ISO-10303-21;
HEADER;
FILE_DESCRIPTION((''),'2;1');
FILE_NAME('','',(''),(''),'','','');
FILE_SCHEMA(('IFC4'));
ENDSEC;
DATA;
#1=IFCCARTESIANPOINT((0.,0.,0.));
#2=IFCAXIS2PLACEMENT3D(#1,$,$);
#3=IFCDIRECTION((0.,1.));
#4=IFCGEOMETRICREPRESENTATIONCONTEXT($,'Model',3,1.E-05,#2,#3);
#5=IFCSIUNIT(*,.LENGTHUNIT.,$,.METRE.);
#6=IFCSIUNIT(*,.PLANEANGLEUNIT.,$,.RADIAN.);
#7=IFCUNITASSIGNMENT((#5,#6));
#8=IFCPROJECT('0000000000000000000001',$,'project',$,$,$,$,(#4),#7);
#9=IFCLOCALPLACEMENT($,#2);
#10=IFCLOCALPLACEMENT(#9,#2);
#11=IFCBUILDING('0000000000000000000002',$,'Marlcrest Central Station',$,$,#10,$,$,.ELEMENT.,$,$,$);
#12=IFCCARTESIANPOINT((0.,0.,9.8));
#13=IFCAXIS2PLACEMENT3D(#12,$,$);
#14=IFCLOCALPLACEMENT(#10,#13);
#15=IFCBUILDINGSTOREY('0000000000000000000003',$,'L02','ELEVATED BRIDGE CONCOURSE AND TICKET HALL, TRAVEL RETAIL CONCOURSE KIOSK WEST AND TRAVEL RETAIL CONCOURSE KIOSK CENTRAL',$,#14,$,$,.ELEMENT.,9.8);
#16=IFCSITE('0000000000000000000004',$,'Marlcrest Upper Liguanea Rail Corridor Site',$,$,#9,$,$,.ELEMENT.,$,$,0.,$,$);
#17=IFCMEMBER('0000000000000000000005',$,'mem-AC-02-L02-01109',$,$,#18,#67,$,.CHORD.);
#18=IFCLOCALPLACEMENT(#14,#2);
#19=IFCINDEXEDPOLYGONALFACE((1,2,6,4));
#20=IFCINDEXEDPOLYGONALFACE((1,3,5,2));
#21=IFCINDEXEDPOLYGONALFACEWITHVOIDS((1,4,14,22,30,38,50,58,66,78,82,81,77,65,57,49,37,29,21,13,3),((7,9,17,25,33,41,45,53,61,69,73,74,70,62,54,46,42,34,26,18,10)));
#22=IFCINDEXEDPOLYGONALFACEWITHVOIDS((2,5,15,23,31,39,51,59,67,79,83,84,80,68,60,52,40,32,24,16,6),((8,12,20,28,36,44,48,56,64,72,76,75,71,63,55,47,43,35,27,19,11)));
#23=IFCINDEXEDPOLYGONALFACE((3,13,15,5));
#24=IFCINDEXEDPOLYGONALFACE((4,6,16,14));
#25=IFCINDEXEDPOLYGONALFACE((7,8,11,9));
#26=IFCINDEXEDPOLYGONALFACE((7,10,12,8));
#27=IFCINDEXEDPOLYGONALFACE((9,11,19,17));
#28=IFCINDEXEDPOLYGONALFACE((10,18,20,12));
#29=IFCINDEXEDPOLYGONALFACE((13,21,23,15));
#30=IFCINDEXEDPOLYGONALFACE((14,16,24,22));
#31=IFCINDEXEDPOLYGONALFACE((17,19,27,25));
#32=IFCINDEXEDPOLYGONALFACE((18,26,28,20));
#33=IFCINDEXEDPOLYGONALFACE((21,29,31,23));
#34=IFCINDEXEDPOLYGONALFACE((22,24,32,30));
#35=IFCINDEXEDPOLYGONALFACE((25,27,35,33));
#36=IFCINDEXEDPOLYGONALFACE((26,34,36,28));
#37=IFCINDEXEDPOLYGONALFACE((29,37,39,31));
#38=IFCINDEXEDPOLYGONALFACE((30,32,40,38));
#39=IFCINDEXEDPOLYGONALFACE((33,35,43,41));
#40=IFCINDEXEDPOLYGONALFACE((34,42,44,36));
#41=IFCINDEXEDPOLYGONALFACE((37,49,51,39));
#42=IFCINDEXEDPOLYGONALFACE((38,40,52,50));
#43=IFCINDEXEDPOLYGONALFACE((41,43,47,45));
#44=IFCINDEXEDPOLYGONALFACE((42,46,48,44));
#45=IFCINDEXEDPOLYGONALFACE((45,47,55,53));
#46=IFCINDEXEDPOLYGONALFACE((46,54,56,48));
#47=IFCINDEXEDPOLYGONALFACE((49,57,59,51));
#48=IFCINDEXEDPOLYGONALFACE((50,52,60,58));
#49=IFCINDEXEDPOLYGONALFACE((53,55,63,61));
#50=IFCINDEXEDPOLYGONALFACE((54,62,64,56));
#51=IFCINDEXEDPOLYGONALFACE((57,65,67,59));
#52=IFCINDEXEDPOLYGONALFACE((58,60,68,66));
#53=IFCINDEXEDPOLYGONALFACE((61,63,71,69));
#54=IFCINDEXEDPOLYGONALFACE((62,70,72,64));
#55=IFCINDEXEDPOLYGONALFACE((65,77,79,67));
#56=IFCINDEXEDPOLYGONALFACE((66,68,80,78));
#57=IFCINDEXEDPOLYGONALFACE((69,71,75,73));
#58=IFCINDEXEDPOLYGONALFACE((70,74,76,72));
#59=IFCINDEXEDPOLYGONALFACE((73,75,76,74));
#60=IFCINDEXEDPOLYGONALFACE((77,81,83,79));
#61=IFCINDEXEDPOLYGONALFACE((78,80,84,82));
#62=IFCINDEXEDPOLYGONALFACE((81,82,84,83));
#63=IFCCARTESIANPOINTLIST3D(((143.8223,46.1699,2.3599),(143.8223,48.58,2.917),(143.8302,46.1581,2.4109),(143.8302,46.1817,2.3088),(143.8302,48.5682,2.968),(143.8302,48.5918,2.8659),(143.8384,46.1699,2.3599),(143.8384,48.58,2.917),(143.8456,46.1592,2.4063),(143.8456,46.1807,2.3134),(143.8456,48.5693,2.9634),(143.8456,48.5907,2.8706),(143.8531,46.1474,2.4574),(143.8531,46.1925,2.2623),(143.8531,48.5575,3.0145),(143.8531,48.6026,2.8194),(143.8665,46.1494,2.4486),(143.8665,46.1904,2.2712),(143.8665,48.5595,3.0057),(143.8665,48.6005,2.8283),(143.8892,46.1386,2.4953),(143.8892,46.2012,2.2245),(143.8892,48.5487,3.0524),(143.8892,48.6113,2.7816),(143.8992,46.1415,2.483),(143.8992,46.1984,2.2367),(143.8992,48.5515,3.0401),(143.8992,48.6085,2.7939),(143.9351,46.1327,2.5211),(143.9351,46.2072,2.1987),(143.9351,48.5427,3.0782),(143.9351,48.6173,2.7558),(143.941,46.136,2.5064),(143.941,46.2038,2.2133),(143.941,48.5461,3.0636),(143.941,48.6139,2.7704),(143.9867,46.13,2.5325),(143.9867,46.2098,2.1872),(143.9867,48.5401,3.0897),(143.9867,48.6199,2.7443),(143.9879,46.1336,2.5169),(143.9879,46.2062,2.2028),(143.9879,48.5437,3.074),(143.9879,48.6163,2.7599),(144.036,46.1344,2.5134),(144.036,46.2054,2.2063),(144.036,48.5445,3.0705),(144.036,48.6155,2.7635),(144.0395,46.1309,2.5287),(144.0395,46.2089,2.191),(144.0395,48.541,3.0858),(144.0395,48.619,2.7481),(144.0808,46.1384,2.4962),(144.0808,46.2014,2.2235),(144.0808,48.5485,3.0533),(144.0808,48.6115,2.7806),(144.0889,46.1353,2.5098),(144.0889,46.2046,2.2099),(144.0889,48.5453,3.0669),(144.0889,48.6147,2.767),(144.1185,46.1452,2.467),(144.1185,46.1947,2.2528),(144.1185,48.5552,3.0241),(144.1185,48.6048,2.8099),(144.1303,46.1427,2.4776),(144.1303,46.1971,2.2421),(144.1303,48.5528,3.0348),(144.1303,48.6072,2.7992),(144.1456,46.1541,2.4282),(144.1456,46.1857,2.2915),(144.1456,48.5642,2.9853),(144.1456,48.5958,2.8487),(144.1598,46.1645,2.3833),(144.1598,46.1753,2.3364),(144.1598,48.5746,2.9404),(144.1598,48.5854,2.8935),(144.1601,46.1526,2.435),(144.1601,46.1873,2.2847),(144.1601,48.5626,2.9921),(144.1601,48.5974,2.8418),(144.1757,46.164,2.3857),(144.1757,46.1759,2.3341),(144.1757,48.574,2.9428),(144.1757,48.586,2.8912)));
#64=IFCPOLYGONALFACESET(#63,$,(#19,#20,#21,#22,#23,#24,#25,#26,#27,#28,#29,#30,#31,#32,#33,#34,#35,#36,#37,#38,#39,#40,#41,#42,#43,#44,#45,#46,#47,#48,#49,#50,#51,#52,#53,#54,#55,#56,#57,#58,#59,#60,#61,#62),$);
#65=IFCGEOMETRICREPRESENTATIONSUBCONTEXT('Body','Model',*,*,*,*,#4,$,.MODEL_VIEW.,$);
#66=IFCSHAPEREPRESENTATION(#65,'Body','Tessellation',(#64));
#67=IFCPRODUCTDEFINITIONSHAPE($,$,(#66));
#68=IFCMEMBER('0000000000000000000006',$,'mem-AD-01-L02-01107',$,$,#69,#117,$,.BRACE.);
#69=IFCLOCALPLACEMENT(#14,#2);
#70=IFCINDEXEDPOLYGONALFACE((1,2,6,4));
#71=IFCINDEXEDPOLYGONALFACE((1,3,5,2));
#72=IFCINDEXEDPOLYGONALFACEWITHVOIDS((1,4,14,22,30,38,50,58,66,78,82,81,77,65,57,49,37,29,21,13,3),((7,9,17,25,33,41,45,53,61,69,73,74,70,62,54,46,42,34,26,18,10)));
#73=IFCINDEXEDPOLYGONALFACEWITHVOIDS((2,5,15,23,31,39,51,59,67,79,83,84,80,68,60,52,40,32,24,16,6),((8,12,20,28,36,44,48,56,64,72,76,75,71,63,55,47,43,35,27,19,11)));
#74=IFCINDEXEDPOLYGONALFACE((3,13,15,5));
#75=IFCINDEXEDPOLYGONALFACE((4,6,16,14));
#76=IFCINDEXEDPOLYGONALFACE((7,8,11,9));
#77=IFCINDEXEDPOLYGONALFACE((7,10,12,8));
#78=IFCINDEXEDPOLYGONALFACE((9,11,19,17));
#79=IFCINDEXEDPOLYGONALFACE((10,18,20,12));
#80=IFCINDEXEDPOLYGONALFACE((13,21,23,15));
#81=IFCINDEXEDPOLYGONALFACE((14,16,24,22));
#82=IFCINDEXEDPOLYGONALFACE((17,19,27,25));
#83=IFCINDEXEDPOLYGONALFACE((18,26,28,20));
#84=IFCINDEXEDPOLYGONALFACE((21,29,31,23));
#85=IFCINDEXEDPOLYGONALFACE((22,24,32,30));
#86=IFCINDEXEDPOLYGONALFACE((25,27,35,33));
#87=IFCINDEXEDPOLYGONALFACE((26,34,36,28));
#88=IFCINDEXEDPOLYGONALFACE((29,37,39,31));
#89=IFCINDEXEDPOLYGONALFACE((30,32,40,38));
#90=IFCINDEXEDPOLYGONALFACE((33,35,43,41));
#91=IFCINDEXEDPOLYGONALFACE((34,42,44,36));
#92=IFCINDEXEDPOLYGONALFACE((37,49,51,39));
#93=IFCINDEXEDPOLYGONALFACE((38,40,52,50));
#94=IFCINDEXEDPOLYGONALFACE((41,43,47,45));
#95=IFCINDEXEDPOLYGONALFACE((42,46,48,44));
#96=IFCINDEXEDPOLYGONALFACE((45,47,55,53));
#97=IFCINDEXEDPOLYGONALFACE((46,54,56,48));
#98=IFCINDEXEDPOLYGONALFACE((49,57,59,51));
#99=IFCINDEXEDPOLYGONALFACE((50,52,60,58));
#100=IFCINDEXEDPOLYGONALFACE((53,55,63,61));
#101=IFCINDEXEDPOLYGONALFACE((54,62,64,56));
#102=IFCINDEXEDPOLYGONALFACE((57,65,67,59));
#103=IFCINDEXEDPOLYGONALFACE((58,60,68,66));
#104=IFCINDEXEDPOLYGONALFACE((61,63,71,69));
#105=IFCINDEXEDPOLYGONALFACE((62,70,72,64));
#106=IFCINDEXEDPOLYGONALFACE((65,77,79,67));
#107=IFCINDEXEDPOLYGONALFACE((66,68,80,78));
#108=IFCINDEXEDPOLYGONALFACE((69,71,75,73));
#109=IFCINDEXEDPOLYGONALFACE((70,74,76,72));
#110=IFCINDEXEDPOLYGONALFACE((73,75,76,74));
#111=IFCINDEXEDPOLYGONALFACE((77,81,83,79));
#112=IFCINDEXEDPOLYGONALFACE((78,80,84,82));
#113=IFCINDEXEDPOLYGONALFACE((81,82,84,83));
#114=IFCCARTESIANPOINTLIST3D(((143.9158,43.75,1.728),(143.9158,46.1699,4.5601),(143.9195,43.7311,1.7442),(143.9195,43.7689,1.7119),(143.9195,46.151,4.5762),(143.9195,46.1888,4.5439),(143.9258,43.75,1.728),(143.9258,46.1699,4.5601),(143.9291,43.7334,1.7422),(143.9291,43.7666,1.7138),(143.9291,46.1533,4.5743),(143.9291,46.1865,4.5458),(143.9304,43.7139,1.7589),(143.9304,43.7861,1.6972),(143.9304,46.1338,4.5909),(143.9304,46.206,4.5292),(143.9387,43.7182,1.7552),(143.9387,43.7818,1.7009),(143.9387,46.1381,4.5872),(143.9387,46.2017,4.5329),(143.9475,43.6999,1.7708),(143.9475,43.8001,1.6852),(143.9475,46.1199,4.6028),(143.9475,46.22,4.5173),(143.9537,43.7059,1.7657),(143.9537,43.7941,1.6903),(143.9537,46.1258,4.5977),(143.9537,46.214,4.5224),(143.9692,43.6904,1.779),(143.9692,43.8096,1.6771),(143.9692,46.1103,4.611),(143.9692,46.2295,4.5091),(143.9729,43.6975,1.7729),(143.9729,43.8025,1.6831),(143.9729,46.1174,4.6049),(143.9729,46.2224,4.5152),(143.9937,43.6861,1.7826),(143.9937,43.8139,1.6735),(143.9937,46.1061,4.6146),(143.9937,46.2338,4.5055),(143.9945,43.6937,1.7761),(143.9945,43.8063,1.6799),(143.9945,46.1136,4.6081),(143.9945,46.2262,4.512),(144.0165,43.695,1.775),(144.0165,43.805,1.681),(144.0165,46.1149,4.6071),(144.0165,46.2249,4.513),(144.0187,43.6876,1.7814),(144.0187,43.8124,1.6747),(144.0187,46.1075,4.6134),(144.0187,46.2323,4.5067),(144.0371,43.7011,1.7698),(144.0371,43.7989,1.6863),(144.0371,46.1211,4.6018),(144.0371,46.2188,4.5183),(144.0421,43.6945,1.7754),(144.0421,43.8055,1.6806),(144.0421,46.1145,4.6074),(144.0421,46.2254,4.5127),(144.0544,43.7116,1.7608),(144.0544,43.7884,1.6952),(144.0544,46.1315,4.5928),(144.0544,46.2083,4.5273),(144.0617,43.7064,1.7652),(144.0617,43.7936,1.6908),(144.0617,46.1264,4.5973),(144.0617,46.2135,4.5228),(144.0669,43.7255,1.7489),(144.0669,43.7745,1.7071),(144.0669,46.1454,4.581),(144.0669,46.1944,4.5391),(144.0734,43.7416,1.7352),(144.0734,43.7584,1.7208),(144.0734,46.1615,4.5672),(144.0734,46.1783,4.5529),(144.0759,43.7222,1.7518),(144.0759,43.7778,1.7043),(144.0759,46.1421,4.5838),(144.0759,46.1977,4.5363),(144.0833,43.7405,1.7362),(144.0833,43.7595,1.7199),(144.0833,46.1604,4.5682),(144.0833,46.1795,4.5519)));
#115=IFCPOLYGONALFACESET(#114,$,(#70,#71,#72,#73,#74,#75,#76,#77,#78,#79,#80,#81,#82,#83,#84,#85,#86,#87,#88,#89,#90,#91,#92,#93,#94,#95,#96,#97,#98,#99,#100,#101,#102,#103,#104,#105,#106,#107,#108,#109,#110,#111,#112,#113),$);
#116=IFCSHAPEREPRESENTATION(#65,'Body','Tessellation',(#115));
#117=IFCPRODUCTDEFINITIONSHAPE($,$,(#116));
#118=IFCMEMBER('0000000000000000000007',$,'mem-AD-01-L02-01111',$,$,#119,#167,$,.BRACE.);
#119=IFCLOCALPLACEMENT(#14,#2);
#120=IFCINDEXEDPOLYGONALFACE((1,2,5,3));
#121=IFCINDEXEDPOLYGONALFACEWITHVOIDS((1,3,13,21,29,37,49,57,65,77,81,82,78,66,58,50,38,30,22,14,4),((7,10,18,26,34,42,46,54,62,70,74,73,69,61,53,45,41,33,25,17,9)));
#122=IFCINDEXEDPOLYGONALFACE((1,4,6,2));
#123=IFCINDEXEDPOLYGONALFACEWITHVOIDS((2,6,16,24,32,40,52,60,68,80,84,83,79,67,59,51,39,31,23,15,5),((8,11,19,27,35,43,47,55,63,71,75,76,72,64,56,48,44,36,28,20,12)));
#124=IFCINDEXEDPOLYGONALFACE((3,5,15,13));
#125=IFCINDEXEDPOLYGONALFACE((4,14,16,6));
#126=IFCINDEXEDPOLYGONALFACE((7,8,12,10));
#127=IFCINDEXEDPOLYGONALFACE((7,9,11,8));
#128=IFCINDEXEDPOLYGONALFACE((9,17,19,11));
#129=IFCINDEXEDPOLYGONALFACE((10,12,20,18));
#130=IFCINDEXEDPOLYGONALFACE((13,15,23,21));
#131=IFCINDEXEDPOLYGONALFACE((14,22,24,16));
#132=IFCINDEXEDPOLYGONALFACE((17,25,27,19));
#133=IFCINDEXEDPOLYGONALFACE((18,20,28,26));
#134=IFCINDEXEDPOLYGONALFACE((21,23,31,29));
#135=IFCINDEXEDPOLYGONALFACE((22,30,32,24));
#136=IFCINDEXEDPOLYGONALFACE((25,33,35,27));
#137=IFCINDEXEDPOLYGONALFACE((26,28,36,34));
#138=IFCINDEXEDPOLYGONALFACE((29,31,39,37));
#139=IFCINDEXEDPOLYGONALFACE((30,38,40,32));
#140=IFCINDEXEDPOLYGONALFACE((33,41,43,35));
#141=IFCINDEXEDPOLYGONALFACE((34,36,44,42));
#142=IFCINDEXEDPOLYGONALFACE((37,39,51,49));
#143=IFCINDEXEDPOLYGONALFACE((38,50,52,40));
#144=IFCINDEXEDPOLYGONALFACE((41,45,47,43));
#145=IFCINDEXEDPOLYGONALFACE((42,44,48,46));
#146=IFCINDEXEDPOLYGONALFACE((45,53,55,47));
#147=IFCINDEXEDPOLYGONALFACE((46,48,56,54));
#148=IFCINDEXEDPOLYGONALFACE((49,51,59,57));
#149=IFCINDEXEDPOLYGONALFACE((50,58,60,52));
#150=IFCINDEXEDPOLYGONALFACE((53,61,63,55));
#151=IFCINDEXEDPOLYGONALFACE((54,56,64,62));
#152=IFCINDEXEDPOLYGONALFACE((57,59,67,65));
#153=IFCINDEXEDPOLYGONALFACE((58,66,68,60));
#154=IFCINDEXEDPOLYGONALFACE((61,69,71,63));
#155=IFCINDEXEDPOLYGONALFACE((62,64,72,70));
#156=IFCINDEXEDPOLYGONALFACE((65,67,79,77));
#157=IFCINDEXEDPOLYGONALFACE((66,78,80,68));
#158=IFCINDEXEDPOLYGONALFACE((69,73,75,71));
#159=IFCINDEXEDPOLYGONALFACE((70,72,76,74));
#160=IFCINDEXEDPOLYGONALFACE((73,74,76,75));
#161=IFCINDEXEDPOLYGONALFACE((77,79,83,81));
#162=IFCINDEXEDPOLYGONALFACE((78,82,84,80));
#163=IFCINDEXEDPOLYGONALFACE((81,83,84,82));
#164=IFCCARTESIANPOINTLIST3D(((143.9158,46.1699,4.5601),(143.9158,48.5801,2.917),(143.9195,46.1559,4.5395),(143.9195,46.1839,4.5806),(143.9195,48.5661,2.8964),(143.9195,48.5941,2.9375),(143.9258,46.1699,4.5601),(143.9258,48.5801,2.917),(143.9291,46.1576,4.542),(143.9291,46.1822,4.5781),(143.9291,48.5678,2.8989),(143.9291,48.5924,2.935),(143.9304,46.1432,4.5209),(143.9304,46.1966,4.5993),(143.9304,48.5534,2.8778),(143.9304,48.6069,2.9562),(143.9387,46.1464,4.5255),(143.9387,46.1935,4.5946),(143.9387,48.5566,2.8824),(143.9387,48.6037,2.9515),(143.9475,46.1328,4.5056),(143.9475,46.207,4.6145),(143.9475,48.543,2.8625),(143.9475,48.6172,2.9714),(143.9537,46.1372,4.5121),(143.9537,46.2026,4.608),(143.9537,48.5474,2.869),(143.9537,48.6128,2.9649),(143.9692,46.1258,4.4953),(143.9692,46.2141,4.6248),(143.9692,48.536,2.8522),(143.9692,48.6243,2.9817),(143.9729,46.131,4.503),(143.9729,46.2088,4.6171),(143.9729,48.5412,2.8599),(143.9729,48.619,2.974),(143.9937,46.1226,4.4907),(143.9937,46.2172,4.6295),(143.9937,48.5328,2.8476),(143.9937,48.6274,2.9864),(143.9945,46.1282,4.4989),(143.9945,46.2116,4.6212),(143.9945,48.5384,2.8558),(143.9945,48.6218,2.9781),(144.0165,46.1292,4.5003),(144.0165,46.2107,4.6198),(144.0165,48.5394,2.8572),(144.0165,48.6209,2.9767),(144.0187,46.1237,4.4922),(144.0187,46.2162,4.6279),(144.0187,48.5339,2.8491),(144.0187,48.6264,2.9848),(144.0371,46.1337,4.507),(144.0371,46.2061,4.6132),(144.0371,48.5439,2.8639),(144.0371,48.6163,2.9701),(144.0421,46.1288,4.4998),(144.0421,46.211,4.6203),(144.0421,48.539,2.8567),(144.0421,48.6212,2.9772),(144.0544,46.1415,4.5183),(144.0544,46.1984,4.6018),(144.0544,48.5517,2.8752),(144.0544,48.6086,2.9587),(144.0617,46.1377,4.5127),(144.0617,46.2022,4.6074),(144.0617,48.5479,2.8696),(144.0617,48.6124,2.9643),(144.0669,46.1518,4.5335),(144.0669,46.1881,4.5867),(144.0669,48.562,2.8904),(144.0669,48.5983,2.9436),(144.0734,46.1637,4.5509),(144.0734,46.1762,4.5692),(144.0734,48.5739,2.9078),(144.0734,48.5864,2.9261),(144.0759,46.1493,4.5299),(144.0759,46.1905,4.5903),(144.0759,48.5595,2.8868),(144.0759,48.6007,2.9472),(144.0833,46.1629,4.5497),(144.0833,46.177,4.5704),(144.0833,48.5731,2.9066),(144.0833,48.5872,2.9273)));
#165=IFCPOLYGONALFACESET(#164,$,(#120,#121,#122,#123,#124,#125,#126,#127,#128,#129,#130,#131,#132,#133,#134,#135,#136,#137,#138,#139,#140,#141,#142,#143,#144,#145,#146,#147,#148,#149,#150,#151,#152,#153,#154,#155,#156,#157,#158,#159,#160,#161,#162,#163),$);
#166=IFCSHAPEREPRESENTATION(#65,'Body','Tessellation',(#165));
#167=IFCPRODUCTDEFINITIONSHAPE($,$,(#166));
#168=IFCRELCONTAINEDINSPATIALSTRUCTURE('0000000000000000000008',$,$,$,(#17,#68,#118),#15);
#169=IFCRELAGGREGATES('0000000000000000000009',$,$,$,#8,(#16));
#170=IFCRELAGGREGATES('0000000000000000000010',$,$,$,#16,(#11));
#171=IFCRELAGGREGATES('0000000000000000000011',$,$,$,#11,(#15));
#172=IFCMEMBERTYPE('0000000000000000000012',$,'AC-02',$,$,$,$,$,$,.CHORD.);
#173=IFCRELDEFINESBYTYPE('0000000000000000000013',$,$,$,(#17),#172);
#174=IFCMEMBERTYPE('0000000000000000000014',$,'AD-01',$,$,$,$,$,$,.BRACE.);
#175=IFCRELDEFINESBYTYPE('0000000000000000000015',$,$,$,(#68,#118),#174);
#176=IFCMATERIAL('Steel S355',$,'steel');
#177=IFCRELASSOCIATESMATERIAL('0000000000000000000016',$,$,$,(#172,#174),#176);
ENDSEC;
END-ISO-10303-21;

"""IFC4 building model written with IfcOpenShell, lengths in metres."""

from ifc_helpers import new_model, si_unit, direction, frame, origin, origin_2d, place, context, subcontext, project, spatial, hollow_circle, extrude, material, material_profile, profile_set, type_object, element, save


model = new_model("IFC4")

# Units and contexts
model_context = context("Model", 3, precision=1e-05, world=origin(), true_north=direction((0.0, 1.0)))
body_context = subcontext(model_context, "Body", "Model", "MODEL_VIEW")
ifc_project = project(units=[si_unit("LENGTHUNIT", "METRE"), si_unit("PLANEANGLEUNIT", "RADIAN")], contexts=[model_context])

# Site, building, storey
site_placement = place(None, origin())
site = spatial("IfcSite", under=ifc_project, at=site_placement, Name="Marlcrest Upper Liguanea Rail Corridor Site", CompositionType="ELEMENT", RefElevation=0.0)
building_placement = place(site_placement, origin())
building = spatial("IfcBuilding", under=site, at=building_placement, Name="Marlcrest Central Station", CompositionType="ELEMENT")
storey_placement = place(building_placement, frame((0.0, 0.0, 9.8)))
storey = spatial("IfcBuildingStorey", under=building, at=storey_placement, Name="L02", Description="ELEVATED BRIDGE CONCOURSE AND TICKET HALL, TRAVEL RETAIL CONCOURSE KIOSK WEST AND TRAVEL RETAIL CONCOURSE KIOSK CENTRAL", CompositionType="ELEMENT", Elevation=9.8)

# Members
ifc_material_1 = material(Name="Steel S355", Category="steel")
ifc_material_profile_1 = material_profile(ifc_material_1, hollow_circle(Radius=0.1777, WallThickness=0.0161, at=origin_2d()), Name="CHS 355.6x16")
ifc_profile_set_1 = profile_set([ifc_material_profile_1], Name="Steel S355")
member_type_1 = type_object("IfcMemberType", Name="AC-02", PredefinedType="CHORD", material=ifc_profile_set_1)
member_1_placement = place(storey_placement, frame((144.0, 46.1699, 2.3599), z_axis=(0.0, 0.974308, 0.22522), x_axis=(-1.0, 0.0, 0.0)))
element("IfcMember", 1, at=member_1_placement, inside=storey, type_object=member_type_1, Name="mem-AC-02-L02-01109", PredefinedType="CHORD", context=body_context, shape_type="SweptSolid", body=[
    extrude(hollow_circle(Radius=0.1777, WallThickness=0.0161, at=origin_2d()), origin(), (0.0, 0.0, 1.0), 2.4736),
])
ifc_material_profile_2 = material_profile(ifc_material_1, hollow_circle(Radius=0.0842, WallThickness=0.01, at=origin_2d()), Name="CHS 168.3x10")
ifc_profile_set_2 = profile_set([ifc_material_profile_2], Name="Steel S355")
member_type_2 = type_object("IfcMemberType", Name="AD-01", PredefinedType="BRACE", material=ifc_profile_set_2)
member_2_placement = place(storey_placement, frame((144.0, 43.75, 1.728), z_axis=(0.0, 0.649625, 0.760255), x_axis=(-1.0, 0.0, 0.0)))
element("IfcMember", 2, at=member_2_placement, inside=storey, type_object=member_type_2, Name="mem-AD-01-L02-01107", PredefinedType="BRACE", context=body_context, shape_type="SweptSolid", body=[
    extrude(hollow_circle(Radius=0.0842, WallThickness=0.01, at=origin_2d()), origin(), (0.0, 0.0, 1.0), 3.7251),
])
member_3_placement = place(storey_placement, frame((144.0, 46.1699, 4.5601), z_axis=(0.0, 0.826263, -0.563285), x_axis=(-1.0, 0.0, 0.0)))
element("IfcMember", 3, at=member_3_placement, inside=storey, type_object=member_type_2, Name="mem-AD-01-L02-01111", PredefinedType="BRACE", context=body_context, shape_type="SweptSolid", body=[
    extrude(hollow_circle(Radius=0.0842, WallThickness=0.01, at=origin_2d()), origin(), (0.0, 0.0, 1.0), 2.917),
])

save(model, "model.ifc")
